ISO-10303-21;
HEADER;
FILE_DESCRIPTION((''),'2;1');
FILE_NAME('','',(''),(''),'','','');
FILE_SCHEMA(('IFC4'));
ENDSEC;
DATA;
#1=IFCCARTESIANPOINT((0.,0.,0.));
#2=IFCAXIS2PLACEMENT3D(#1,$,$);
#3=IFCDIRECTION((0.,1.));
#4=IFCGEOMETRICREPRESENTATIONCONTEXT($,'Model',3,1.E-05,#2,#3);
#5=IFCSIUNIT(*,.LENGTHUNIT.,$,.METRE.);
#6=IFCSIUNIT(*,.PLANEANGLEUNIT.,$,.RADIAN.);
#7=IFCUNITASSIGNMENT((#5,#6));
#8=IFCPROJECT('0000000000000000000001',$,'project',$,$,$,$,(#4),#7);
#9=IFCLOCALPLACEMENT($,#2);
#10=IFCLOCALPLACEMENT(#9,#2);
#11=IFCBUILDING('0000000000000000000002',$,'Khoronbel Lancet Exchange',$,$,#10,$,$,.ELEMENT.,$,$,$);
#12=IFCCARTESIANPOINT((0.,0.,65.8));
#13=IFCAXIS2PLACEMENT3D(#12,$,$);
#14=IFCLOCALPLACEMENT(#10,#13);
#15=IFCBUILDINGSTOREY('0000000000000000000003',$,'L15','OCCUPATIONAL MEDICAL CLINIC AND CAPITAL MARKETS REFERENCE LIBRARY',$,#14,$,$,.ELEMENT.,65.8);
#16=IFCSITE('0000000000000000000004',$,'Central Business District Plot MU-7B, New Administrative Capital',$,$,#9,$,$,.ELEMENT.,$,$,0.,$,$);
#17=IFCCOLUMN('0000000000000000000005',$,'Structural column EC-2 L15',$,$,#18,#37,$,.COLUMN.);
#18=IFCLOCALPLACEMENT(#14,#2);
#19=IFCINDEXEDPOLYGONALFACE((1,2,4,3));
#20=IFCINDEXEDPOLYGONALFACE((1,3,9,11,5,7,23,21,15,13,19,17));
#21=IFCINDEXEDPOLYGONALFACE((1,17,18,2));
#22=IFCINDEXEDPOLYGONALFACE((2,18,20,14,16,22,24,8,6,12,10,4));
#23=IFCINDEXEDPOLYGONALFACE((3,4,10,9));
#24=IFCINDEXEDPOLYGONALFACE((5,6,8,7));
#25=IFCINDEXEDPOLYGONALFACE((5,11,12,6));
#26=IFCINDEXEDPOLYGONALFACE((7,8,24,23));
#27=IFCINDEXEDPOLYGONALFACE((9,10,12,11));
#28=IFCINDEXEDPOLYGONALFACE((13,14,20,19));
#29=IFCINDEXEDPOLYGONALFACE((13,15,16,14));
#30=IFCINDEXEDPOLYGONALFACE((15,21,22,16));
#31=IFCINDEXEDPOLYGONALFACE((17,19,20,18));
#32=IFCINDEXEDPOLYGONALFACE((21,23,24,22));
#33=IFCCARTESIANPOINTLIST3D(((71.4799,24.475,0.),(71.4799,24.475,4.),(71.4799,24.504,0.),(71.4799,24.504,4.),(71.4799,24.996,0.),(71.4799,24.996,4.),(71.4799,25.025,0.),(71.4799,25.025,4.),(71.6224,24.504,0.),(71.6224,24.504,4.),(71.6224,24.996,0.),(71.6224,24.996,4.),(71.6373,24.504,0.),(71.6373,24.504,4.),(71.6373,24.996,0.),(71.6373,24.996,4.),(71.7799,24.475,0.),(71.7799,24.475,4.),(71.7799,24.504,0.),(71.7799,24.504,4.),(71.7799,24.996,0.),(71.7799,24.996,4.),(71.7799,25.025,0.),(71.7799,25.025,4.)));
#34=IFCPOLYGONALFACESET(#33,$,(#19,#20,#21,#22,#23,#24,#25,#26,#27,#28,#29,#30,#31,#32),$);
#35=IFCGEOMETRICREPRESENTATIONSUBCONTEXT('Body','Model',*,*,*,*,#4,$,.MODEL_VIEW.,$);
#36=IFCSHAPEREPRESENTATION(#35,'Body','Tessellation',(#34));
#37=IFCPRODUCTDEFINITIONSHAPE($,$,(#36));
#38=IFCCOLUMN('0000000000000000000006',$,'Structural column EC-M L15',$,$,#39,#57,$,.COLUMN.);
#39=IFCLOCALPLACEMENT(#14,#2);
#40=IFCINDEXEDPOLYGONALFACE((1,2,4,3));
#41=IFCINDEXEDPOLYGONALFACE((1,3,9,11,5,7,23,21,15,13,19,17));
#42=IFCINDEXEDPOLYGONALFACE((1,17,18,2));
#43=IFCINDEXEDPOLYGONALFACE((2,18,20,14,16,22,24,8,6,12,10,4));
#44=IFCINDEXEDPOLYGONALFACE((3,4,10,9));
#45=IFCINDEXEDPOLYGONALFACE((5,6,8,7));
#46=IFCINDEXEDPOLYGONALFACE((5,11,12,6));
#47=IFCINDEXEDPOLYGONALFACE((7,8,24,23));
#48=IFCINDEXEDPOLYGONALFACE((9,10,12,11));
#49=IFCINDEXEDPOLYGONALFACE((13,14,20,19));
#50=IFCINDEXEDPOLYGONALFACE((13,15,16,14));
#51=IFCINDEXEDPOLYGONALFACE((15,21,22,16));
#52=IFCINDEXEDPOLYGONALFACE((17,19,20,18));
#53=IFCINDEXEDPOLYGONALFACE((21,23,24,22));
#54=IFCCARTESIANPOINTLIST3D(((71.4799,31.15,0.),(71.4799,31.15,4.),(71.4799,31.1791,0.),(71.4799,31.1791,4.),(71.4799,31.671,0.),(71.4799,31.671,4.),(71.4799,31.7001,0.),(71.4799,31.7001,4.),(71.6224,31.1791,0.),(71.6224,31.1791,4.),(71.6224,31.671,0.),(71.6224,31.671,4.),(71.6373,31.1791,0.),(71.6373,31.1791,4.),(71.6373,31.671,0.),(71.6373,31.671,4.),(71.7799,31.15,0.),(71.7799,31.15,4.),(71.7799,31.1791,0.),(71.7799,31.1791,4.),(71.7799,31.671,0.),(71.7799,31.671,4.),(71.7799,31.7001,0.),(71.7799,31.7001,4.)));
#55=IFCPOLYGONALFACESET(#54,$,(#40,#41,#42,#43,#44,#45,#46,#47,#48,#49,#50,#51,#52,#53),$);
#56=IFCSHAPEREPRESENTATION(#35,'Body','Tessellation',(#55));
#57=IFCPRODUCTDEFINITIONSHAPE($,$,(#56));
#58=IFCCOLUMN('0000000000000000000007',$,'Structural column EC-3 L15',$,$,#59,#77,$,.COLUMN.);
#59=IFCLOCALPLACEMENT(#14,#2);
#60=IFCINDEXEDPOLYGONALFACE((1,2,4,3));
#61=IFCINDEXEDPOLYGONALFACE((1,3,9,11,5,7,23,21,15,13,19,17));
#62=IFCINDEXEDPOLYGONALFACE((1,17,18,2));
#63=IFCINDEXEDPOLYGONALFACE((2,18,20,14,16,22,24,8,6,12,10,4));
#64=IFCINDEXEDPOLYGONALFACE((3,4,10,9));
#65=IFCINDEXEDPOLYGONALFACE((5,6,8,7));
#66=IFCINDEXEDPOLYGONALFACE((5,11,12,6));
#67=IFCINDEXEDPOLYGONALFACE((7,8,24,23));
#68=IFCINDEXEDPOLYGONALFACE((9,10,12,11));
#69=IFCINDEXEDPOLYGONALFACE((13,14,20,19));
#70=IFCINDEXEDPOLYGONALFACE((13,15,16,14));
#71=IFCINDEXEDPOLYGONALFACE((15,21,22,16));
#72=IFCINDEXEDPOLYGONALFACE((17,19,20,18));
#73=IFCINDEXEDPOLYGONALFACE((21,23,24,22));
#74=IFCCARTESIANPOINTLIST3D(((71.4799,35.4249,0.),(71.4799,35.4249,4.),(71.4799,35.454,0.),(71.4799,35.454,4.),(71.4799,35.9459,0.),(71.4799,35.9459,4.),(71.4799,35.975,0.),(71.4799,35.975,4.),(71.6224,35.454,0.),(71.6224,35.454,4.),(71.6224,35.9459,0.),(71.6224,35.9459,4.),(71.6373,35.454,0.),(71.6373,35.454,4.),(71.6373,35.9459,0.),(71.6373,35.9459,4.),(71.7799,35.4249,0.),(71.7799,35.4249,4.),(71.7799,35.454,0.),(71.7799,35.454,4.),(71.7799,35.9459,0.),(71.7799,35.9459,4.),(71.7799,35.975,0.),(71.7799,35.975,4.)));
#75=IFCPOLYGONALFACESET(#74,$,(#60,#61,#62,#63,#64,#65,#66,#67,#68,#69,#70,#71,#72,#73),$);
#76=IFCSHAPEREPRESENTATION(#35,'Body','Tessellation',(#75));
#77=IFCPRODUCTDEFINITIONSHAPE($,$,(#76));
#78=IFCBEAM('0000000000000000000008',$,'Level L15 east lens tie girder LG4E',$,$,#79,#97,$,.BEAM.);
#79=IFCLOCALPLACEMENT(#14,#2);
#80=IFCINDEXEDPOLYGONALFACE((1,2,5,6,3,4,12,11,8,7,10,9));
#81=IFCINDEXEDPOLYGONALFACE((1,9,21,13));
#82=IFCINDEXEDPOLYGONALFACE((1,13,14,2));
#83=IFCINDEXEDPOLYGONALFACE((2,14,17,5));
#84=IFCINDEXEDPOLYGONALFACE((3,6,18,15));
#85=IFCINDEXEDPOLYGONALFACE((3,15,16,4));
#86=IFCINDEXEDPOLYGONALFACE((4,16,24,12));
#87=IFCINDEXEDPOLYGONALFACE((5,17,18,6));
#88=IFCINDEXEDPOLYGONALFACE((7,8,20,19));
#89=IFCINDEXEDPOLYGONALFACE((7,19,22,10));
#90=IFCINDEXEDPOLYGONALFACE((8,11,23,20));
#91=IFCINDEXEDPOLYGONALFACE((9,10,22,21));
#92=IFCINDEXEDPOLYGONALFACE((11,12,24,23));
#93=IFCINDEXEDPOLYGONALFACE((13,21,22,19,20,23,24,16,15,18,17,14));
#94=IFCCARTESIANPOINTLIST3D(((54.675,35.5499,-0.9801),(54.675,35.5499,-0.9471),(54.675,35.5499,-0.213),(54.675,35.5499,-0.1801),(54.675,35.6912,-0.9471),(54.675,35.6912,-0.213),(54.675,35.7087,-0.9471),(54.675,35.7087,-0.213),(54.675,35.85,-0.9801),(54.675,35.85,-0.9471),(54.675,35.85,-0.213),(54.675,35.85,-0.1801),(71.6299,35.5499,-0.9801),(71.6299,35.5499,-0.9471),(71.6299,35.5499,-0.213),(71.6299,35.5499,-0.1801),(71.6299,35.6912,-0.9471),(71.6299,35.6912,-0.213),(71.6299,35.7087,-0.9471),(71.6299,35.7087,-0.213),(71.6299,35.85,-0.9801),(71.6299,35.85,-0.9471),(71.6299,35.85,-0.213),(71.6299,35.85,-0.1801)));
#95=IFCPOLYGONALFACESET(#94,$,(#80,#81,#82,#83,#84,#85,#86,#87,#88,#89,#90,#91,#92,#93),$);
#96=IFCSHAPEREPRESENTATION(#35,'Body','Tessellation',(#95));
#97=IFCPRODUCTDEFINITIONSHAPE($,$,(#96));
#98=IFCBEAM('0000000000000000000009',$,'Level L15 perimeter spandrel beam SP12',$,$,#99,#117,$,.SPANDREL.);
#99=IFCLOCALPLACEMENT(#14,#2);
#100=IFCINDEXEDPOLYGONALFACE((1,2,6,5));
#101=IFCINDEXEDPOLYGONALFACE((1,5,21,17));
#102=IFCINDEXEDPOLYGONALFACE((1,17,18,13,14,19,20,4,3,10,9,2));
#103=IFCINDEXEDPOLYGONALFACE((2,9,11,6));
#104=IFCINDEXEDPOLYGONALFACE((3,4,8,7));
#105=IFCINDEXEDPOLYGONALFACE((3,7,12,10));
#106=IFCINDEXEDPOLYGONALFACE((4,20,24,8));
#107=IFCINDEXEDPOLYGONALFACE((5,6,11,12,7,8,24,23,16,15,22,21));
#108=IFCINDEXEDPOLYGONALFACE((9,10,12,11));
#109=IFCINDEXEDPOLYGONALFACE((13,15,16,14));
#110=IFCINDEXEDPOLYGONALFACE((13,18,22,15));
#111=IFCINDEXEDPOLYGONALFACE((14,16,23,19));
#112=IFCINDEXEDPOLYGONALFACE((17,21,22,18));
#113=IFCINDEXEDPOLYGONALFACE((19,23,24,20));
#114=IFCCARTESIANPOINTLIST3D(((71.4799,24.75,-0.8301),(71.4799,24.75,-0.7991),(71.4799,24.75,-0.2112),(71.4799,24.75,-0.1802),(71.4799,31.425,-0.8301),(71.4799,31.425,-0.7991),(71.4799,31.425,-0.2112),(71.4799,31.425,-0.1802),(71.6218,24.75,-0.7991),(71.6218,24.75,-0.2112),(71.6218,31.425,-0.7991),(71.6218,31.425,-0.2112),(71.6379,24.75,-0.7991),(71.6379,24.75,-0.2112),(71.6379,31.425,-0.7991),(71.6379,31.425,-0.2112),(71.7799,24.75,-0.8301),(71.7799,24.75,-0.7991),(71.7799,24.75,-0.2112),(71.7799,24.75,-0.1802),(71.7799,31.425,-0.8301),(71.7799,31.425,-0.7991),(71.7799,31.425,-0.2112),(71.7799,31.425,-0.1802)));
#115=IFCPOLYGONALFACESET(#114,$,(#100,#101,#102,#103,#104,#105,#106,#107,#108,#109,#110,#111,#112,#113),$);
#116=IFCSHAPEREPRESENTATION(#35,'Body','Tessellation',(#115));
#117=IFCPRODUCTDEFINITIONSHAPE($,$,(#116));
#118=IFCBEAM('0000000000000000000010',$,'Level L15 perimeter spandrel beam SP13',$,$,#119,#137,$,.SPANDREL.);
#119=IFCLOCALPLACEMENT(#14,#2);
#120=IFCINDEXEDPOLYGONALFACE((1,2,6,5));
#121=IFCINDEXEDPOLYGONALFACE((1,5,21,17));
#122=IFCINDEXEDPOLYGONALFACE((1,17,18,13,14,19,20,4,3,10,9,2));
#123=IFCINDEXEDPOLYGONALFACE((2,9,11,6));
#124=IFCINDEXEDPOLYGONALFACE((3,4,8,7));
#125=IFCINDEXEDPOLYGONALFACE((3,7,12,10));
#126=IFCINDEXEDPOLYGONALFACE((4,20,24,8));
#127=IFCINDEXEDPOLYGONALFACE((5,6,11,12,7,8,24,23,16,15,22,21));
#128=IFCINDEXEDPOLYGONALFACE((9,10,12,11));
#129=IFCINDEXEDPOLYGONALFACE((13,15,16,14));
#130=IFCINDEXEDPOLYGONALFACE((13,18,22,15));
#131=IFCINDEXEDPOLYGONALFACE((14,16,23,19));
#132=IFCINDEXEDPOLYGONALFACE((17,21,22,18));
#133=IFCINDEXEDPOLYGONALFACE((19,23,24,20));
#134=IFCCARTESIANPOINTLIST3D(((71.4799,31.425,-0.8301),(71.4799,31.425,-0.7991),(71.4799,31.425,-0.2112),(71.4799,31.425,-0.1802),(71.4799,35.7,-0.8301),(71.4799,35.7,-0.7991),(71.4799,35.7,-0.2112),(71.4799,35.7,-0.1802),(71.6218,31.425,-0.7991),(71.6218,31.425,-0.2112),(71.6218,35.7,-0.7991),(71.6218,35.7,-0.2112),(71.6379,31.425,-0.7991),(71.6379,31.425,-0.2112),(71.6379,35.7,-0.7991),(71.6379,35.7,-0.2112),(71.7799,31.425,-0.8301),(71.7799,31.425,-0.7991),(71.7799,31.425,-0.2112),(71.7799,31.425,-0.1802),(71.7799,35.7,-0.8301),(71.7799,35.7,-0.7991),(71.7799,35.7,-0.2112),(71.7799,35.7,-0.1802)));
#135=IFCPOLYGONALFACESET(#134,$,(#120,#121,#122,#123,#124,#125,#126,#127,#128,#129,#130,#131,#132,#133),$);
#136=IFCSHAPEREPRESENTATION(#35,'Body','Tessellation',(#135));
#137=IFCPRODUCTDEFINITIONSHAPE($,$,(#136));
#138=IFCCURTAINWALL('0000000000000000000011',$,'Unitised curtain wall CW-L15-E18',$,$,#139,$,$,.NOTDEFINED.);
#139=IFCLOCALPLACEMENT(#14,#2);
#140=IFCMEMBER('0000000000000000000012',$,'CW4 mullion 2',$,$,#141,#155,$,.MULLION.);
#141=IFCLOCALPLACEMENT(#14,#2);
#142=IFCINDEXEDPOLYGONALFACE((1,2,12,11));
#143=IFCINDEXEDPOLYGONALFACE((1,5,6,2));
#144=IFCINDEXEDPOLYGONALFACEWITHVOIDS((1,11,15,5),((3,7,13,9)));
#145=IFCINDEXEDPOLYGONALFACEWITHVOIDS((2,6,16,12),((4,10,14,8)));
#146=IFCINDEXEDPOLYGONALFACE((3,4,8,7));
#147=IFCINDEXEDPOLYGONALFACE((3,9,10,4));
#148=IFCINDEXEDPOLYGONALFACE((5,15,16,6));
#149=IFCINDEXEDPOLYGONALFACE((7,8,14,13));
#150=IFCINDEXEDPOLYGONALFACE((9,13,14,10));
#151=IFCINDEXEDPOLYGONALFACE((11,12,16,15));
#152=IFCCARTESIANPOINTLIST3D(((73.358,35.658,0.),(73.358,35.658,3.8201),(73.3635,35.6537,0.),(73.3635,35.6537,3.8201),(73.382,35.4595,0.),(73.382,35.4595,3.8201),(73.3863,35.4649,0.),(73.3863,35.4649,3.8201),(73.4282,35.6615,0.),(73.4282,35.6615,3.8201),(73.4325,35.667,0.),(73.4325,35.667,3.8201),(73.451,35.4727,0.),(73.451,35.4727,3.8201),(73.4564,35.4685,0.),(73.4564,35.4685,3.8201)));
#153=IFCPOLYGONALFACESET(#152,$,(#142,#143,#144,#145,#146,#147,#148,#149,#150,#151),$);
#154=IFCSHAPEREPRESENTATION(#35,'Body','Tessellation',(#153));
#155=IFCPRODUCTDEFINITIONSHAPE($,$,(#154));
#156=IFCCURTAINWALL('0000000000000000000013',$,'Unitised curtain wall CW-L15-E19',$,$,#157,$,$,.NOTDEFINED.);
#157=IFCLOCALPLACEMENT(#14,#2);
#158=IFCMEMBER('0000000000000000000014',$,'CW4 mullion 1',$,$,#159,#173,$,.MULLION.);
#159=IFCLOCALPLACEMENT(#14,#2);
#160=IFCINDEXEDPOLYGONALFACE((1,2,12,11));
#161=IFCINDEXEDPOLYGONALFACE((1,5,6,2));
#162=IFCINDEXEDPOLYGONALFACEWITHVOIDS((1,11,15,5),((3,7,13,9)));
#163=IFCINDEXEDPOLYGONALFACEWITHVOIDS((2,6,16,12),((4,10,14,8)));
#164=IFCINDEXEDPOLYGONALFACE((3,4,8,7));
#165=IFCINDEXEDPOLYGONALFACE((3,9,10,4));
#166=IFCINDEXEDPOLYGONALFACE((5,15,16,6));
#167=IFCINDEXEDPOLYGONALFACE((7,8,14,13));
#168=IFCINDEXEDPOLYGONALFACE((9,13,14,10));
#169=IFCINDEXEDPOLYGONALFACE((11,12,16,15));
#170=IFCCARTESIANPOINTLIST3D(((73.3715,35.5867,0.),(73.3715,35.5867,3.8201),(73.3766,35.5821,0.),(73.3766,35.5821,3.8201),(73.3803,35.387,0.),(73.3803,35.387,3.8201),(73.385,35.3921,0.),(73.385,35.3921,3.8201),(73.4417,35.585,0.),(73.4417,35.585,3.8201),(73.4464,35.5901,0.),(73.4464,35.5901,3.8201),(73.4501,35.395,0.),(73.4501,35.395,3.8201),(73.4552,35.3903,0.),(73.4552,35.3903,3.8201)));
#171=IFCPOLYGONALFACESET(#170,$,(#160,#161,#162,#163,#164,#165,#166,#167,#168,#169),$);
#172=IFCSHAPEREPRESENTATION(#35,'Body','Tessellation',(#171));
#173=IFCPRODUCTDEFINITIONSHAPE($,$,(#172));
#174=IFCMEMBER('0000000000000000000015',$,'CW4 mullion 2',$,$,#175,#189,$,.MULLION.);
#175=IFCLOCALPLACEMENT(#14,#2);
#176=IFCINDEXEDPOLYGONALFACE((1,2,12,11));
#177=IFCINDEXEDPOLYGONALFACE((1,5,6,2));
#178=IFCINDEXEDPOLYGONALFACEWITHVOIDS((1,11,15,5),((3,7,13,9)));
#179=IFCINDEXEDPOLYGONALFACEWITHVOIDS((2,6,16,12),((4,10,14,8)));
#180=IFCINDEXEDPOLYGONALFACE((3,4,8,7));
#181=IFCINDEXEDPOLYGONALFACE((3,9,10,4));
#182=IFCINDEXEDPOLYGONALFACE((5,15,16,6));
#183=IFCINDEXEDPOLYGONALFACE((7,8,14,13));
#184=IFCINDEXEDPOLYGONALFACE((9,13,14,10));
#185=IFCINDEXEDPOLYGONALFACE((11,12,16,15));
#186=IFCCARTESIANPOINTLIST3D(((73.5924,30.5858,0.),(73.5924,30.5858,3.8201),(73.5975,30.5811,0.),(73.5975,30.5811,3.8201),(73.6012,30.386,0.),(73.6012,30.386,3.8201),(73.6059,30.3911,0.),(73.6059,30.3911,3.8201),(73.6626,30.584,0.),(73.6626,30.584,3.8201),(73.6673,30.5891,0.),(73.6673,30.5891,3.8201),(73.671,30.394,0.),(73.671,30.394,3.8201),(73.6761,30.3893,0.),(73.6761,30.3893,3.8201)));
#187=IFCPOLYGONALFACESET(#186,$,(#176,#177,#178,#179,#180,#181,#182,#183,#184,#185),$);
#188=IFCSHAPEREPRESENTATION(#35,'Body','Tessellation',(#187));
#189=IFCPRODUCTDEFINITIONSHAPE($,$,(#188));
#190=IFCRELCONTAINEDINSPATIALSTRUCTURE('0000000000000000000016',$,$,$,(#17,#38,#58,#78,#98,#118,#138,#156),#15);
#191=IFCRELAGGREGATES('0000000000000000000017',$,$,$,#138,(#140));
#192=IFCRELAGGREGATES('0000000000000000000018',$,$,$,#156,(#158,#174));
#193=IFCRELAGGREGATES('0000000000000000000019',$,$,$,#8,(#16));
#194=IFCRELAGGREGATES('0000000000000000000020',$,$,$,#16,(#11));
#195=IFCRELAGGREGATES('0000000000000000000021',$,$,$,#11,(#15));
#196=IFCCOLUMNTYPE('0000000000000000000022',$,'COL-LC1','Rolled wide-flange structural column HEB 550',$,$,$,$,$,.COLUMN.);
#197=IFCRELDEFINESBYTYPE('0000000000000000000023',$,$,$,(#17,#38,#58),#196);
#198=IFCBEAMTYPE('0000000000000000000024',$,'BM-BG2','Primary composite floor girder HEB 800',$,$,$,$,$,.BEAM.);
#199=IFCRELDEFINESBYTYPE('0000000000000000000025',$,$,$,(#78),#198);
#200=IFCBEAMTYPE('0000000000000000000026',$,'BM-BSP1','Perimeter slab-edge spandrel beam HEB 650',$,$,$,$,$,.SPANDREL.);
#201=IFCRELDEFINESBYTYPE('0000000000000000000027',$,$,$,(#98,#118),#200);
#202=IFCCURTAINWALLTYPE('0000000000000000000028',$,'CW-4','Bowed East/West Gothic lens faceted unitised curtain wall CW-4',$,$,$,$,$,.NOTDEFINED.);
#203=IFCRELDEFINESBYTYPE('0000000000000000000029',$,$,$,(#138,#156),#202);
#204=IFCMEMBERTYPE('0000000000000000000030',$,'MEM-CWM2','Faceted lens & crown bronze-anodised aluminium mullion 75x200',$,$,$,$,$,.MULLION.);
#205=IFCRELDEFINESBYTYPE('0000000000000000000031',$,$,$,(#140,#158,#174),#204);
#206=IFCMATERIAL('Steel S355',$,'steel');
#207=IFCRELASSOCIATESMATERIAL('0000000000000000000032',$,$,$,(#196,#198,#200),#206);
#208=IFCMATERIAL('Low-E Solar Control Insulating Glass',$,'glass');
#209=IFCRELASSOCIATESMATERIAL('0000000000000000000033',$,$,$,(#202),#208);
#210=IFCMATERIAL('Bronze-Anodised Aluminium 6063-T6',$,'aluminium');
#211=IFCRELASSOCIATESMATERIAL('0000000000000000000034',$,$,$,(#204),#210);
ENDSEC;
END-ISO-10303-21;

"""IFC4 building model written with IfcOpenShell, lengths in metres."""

from ifc_helpers import new_model, si_unit, direction, frame, origin, origin_2d, place, context, subcontext, project, spatial, hollow_rectangle, i_section, extrude, material, material_profile, profile_set, type_object, element, aggregate, save


model = new_model("IFC4")

# Units and contexts
model_context = context("Model", 3, precision=1e-05, world=origin(), true_north=direction((0.0, 1.0)))
body_context = subcontext(model_context, "Body", "Model", "MODEL_VIEW")
ifc_project = project(units=[si_unit("LENGTHUNIT", "METRE"), si_unit("PLANEANGLEUNIT", "RADIAN")], contexts=[model_context])

# Site, building, storey
site_placement = place(None, origin())
site = spatial("IfcSite", under=ifc_project, at=site_placement, Name="Central Business District Plot MU-7B, New Administrative Capital", CompositionType="ELEMENT", RefElevation=0.0)
building_placement = place(site_placement, origin())
building = spatial("IfcBuilding", under=site, at=building_placement, Name="Khoronbel Lancet Exchange", CompositionType="ELEMENT")
storey_placement = place(building_placement, frame((0.0, 0.0, 65.8)))
storey = spatial("IfcBuildingStorey", under=building, at=storey_placement, Name="L15", Description="OCCUPATIONAL MEDICAL CLINIC AND CAPITAL MARKETS REFERENCE LIBRARY", CompositionType="ELEMENT", Elevation=65.8)

# Columns
ifc_material_1 = material(Name="Steel S355", Category="steel")
ifc_material_profile_1 = material_profile(ifc_material_1, i_section(OverallWidth=0.3, OverallDepth=0.55, WebThickness=0.0149, FlangeThickness=0.0291, at=origin_2d()), Name="HEB 550")
ifc_profile_set_1 = profile_set([ifc_material_profile_1], Name="Steel S355")
column_type = type_object("IfcColumnType", Name="COL-LC1", Description="Rolled wide-flange structural column HEB 550", PredefinedType="COLUMN", material=ifc_profile_set_1)
for number, where, z_axis, x_axis, name in (
    (1, (71.6299, 24.75, 0.0), (0.0, 0.0, 1.0), (1.0, 0.0, 0.0), "Structural column EC-2 L15"),
    (2, (71.6299, 31.425, 0.0), (0.0, 0.0, 1.0), (1.0, 0.0, 0.0), "Structural column EC-M L15"),
    (3, (71.6299, 35.7, 0.0), (0.0, 0.0, 1.0), (1.0, 0.0, 0.0), "Structural column EC-3 L15"),
):
    element("IfcColumn", number, at=place(storey_placement, frame(where, z_axis=z_axis, x_axis=x_axis)), inside=storey, type_object=column_type, Name=name, PredefinedType="COLUMN", context=body_context, shape_type="SweptSolid", body=[
        extrude(i_section(OverallWidth=0.3, OverallDepth=0.55, WebThickness=0.0149, FlangeThickness=0.0291, at=origin_2d()), origin(), (0.0, 0.0, 1.0), 4.0),
    ])

# Beams
ifc_material_profile_2 = material_profile(ifc_material_1, i_section(OverallWidth=0.3, OverallDepth=0.8, WebThickness=0.0176, FlangeThickness=0.033, at=origin_2d()), Name="HEB 800")
ifc_profile_set_2 = profile_set([ifc_material_profile_2], Name="Steel S355")
beam_type_1 = type_object("IfcBeamType", Name="BM-BG2", Description="Primary composite floor girder HEB 800", PredefinedType="BEAM", material=ifc_profile_set_2)
beam_1_placement = place(storey_placement, frame((54.675, 35.7, -0.5801), z_axis=(1.0, 0.0, 0.0), x_axis=(0.0, 1.0, 0.0)))
element("IfcBeam", 4, at=beam_1_placement, inside=storey, type_object=beam_type_1, Name="Level L15 east lens tie girder LG4E", PredefinedType="BEAM", context=body_context, shape_type="SweptSolid", body=[
    extrude(i_section(OverallWidth=0.3, OverallDepth=0.8, WebThickness=0.0176, FlangeThickness=0.033, at=origin_2d()), origin(), (0.0, 0.0, 1.0), 16.9548),
])
ifc_material_profile_3 = material_profile(ifc_material_1, i_section(OverallWidth=0.3, OverallDepth=0.6499, WebThickness=0.0161, FlangeThickness=0.031, at=origin_2d()), Name="HEB 650")
ifc_profile_set_3 = profile_set([ifc_material_profile_3], Name="Steel S355")
beam_type_2 = type_object("IfcBeamType", Name="BM-BSP1", Description="Perimeter slab-edge spandrel beam HEB 650", PredefinedType="SPANDREL", material=ifc_profile_set_3)
beam_2_placement = place(storey_placement, frame((71.6299, 24.75, -0.5051), z_axis=(0.0, 1.0, 0.0), x_axis=(-1.0, 0.0, 0.0)))
element("IfcBeam", 5, at=beam_2_placement, inside=storey, type_object=beam_type_2, Name="Level L15 perimeter spandrel beam SP12", PredefinedType="SPANDREL", context=body_context, shape_type="SweptSolid", body=[
    extrude(i_section(OverallWidth=0.3, OverallDepth=0.6499, WebThickness=0.0161, FlangeThickness=0.031, at=origin_2d()), origin(), (0.0, 0.0, 1.0), 6.675),
])
beam_3_placement = place(storey_placement, frame((71.6299, 31.425, -0.5051), z_axis=(0.0, 1.0, 0.0), x_axis=(-1.0, 0.0, 0.0)))
element("IfcBeam", 6, at=beam_3_placement, inside=storey, type_object=beam_type_2, Name="Level L15 perimeter spandrel beam SP13", PredefinedType="SPANDREL", context=body_context, shape_type="SweptSolid", body=[
    extrude(i_section(OverallWidth=0.3, OverallDepth=0.6499, WebThickness=0.0161, FlangeThickness=0.031, at=origin_2d()), origin(), (0.0, 0.0, 1.0), 4.2749),
])

# Curtain wall, member
ifc_material_2 = material(Name="Low-E Solar Control Insulating Glass", Category="glass")
curtain_wall_type = type_object("IfcCurtainWallType", Name="CW-4", Description="Bowed East/West Gothic lens faceted unitised curtain wall CW-4", PredefinedType="NOTDEFINED", material=ifc_material_2)
curtain_wall_1_placement = place(storey_placement, origin())
curtain_wall_1 = element("IfcCurtainWall", 7, at=curtain_wall_1_placement, inside=storey, type_object=curtain_wall_type, Name="Unitised curtain wall CW-L15-E18", PredefinedType="NOTDEFINED")
ifc_material_3 = material(Name="Bronze-Anodised Aluminium 6063-T6", Category="aluminium")
ifc_material_profile_4 = material_profile(ifc_material_3, hollow_rectangle(XDim=0.075, YDim=0.2, WallThickness=0.0049, at=origin_2d()), Name="ALU MULLION 75x200")
ifc_profile_set_4 = profile_set([ifc_material_profile_4], Name="Bronze-Anodised Aluminium 6063-T6")
member_type_1 = type_object("IfcMemberType", Name="MEM-CWM2", Description="Faceted lens & crown bronze-anodised aluminium mullion 75x200", PredefinedType="MULLION", material=ifc_profile_set_4)
member_1_placement = place(storey_placement, frame((73.4072, 35.5632, 0.0), z_axis=(0.0, 0.0, 1.0), x_axis=(0.992797, 0.119806, 0.0)))
member_1 = element("IfcMember", 8, at=member_1_placement, type_object=member_type_1, Name="CW4 mullion 2", PredefinedType="MULLION", context=body_context, shape_type="SweptSolid", body=[
    extrude(hollow_rectangle(XDim=0.075, YDim=0.2, WallThickness=0.0049, at=origin_2d()), origin(), (0.0, 0.0, 1.0), 3.8201),
])
aggregate(curtain_wall_1, [member_1])

# Curtain wall, members
curtain_wall_2_placement = place(storey_placement, origin())
curtain_wall_2 = element("IfcCurtainWall", 9, at=curtain_wall_2_placement, inside=storey, type_object=curtain_wall_type, Name="Unitised curtain wall CW-L15-E19", PredefinedType="NOTDEFINED")
member_2_placement = place(storey_placement, frame((73.4133, 35.4885, 0.0), z_axis=(0.0, 0.0, 1.0), x_axis=(0.999026, 0.044126, 0.0)))
member_2 = element("IfcMember", 10, at=member_2_placement, type_object=member_type_1, Name="CW4 mullion 1", PredefinedType="MULLION", context=body_context, shape_type="SweptSolid", body=[
    extrude(hollow_rectangle(XDim=0.075, YDim=0.2, WallThickness=0.0049, at=origin_2d()), origin(), (0.0, 0.0, 1.0), 3.8201),
])
member_3_placement = place(storey_placement, frame((73.6343, 30.4875, 0.0), z_axis=(0.0, 0.0, 1.0), x_axis=(0.999026, 0.044126, 0.0)))
member_3 = element("IfcMember", 11, at=member_3_placement, type_object=member_type_1, Name="CW4 mullion 2", PredefinedType="MULLION", context=body_context, shape_type="SweptSolid", body=[
    extrude(hollow_rectangle(XDim=0.075, YDim=0.2, WallThickness=0.0049, at=origin_2d()), origin(), (0.0, 0.0, 1.0), 3.8201),
])

aggregate(curtain_wall_2, [member_2, member_3])

save(model, "model.ifc")
